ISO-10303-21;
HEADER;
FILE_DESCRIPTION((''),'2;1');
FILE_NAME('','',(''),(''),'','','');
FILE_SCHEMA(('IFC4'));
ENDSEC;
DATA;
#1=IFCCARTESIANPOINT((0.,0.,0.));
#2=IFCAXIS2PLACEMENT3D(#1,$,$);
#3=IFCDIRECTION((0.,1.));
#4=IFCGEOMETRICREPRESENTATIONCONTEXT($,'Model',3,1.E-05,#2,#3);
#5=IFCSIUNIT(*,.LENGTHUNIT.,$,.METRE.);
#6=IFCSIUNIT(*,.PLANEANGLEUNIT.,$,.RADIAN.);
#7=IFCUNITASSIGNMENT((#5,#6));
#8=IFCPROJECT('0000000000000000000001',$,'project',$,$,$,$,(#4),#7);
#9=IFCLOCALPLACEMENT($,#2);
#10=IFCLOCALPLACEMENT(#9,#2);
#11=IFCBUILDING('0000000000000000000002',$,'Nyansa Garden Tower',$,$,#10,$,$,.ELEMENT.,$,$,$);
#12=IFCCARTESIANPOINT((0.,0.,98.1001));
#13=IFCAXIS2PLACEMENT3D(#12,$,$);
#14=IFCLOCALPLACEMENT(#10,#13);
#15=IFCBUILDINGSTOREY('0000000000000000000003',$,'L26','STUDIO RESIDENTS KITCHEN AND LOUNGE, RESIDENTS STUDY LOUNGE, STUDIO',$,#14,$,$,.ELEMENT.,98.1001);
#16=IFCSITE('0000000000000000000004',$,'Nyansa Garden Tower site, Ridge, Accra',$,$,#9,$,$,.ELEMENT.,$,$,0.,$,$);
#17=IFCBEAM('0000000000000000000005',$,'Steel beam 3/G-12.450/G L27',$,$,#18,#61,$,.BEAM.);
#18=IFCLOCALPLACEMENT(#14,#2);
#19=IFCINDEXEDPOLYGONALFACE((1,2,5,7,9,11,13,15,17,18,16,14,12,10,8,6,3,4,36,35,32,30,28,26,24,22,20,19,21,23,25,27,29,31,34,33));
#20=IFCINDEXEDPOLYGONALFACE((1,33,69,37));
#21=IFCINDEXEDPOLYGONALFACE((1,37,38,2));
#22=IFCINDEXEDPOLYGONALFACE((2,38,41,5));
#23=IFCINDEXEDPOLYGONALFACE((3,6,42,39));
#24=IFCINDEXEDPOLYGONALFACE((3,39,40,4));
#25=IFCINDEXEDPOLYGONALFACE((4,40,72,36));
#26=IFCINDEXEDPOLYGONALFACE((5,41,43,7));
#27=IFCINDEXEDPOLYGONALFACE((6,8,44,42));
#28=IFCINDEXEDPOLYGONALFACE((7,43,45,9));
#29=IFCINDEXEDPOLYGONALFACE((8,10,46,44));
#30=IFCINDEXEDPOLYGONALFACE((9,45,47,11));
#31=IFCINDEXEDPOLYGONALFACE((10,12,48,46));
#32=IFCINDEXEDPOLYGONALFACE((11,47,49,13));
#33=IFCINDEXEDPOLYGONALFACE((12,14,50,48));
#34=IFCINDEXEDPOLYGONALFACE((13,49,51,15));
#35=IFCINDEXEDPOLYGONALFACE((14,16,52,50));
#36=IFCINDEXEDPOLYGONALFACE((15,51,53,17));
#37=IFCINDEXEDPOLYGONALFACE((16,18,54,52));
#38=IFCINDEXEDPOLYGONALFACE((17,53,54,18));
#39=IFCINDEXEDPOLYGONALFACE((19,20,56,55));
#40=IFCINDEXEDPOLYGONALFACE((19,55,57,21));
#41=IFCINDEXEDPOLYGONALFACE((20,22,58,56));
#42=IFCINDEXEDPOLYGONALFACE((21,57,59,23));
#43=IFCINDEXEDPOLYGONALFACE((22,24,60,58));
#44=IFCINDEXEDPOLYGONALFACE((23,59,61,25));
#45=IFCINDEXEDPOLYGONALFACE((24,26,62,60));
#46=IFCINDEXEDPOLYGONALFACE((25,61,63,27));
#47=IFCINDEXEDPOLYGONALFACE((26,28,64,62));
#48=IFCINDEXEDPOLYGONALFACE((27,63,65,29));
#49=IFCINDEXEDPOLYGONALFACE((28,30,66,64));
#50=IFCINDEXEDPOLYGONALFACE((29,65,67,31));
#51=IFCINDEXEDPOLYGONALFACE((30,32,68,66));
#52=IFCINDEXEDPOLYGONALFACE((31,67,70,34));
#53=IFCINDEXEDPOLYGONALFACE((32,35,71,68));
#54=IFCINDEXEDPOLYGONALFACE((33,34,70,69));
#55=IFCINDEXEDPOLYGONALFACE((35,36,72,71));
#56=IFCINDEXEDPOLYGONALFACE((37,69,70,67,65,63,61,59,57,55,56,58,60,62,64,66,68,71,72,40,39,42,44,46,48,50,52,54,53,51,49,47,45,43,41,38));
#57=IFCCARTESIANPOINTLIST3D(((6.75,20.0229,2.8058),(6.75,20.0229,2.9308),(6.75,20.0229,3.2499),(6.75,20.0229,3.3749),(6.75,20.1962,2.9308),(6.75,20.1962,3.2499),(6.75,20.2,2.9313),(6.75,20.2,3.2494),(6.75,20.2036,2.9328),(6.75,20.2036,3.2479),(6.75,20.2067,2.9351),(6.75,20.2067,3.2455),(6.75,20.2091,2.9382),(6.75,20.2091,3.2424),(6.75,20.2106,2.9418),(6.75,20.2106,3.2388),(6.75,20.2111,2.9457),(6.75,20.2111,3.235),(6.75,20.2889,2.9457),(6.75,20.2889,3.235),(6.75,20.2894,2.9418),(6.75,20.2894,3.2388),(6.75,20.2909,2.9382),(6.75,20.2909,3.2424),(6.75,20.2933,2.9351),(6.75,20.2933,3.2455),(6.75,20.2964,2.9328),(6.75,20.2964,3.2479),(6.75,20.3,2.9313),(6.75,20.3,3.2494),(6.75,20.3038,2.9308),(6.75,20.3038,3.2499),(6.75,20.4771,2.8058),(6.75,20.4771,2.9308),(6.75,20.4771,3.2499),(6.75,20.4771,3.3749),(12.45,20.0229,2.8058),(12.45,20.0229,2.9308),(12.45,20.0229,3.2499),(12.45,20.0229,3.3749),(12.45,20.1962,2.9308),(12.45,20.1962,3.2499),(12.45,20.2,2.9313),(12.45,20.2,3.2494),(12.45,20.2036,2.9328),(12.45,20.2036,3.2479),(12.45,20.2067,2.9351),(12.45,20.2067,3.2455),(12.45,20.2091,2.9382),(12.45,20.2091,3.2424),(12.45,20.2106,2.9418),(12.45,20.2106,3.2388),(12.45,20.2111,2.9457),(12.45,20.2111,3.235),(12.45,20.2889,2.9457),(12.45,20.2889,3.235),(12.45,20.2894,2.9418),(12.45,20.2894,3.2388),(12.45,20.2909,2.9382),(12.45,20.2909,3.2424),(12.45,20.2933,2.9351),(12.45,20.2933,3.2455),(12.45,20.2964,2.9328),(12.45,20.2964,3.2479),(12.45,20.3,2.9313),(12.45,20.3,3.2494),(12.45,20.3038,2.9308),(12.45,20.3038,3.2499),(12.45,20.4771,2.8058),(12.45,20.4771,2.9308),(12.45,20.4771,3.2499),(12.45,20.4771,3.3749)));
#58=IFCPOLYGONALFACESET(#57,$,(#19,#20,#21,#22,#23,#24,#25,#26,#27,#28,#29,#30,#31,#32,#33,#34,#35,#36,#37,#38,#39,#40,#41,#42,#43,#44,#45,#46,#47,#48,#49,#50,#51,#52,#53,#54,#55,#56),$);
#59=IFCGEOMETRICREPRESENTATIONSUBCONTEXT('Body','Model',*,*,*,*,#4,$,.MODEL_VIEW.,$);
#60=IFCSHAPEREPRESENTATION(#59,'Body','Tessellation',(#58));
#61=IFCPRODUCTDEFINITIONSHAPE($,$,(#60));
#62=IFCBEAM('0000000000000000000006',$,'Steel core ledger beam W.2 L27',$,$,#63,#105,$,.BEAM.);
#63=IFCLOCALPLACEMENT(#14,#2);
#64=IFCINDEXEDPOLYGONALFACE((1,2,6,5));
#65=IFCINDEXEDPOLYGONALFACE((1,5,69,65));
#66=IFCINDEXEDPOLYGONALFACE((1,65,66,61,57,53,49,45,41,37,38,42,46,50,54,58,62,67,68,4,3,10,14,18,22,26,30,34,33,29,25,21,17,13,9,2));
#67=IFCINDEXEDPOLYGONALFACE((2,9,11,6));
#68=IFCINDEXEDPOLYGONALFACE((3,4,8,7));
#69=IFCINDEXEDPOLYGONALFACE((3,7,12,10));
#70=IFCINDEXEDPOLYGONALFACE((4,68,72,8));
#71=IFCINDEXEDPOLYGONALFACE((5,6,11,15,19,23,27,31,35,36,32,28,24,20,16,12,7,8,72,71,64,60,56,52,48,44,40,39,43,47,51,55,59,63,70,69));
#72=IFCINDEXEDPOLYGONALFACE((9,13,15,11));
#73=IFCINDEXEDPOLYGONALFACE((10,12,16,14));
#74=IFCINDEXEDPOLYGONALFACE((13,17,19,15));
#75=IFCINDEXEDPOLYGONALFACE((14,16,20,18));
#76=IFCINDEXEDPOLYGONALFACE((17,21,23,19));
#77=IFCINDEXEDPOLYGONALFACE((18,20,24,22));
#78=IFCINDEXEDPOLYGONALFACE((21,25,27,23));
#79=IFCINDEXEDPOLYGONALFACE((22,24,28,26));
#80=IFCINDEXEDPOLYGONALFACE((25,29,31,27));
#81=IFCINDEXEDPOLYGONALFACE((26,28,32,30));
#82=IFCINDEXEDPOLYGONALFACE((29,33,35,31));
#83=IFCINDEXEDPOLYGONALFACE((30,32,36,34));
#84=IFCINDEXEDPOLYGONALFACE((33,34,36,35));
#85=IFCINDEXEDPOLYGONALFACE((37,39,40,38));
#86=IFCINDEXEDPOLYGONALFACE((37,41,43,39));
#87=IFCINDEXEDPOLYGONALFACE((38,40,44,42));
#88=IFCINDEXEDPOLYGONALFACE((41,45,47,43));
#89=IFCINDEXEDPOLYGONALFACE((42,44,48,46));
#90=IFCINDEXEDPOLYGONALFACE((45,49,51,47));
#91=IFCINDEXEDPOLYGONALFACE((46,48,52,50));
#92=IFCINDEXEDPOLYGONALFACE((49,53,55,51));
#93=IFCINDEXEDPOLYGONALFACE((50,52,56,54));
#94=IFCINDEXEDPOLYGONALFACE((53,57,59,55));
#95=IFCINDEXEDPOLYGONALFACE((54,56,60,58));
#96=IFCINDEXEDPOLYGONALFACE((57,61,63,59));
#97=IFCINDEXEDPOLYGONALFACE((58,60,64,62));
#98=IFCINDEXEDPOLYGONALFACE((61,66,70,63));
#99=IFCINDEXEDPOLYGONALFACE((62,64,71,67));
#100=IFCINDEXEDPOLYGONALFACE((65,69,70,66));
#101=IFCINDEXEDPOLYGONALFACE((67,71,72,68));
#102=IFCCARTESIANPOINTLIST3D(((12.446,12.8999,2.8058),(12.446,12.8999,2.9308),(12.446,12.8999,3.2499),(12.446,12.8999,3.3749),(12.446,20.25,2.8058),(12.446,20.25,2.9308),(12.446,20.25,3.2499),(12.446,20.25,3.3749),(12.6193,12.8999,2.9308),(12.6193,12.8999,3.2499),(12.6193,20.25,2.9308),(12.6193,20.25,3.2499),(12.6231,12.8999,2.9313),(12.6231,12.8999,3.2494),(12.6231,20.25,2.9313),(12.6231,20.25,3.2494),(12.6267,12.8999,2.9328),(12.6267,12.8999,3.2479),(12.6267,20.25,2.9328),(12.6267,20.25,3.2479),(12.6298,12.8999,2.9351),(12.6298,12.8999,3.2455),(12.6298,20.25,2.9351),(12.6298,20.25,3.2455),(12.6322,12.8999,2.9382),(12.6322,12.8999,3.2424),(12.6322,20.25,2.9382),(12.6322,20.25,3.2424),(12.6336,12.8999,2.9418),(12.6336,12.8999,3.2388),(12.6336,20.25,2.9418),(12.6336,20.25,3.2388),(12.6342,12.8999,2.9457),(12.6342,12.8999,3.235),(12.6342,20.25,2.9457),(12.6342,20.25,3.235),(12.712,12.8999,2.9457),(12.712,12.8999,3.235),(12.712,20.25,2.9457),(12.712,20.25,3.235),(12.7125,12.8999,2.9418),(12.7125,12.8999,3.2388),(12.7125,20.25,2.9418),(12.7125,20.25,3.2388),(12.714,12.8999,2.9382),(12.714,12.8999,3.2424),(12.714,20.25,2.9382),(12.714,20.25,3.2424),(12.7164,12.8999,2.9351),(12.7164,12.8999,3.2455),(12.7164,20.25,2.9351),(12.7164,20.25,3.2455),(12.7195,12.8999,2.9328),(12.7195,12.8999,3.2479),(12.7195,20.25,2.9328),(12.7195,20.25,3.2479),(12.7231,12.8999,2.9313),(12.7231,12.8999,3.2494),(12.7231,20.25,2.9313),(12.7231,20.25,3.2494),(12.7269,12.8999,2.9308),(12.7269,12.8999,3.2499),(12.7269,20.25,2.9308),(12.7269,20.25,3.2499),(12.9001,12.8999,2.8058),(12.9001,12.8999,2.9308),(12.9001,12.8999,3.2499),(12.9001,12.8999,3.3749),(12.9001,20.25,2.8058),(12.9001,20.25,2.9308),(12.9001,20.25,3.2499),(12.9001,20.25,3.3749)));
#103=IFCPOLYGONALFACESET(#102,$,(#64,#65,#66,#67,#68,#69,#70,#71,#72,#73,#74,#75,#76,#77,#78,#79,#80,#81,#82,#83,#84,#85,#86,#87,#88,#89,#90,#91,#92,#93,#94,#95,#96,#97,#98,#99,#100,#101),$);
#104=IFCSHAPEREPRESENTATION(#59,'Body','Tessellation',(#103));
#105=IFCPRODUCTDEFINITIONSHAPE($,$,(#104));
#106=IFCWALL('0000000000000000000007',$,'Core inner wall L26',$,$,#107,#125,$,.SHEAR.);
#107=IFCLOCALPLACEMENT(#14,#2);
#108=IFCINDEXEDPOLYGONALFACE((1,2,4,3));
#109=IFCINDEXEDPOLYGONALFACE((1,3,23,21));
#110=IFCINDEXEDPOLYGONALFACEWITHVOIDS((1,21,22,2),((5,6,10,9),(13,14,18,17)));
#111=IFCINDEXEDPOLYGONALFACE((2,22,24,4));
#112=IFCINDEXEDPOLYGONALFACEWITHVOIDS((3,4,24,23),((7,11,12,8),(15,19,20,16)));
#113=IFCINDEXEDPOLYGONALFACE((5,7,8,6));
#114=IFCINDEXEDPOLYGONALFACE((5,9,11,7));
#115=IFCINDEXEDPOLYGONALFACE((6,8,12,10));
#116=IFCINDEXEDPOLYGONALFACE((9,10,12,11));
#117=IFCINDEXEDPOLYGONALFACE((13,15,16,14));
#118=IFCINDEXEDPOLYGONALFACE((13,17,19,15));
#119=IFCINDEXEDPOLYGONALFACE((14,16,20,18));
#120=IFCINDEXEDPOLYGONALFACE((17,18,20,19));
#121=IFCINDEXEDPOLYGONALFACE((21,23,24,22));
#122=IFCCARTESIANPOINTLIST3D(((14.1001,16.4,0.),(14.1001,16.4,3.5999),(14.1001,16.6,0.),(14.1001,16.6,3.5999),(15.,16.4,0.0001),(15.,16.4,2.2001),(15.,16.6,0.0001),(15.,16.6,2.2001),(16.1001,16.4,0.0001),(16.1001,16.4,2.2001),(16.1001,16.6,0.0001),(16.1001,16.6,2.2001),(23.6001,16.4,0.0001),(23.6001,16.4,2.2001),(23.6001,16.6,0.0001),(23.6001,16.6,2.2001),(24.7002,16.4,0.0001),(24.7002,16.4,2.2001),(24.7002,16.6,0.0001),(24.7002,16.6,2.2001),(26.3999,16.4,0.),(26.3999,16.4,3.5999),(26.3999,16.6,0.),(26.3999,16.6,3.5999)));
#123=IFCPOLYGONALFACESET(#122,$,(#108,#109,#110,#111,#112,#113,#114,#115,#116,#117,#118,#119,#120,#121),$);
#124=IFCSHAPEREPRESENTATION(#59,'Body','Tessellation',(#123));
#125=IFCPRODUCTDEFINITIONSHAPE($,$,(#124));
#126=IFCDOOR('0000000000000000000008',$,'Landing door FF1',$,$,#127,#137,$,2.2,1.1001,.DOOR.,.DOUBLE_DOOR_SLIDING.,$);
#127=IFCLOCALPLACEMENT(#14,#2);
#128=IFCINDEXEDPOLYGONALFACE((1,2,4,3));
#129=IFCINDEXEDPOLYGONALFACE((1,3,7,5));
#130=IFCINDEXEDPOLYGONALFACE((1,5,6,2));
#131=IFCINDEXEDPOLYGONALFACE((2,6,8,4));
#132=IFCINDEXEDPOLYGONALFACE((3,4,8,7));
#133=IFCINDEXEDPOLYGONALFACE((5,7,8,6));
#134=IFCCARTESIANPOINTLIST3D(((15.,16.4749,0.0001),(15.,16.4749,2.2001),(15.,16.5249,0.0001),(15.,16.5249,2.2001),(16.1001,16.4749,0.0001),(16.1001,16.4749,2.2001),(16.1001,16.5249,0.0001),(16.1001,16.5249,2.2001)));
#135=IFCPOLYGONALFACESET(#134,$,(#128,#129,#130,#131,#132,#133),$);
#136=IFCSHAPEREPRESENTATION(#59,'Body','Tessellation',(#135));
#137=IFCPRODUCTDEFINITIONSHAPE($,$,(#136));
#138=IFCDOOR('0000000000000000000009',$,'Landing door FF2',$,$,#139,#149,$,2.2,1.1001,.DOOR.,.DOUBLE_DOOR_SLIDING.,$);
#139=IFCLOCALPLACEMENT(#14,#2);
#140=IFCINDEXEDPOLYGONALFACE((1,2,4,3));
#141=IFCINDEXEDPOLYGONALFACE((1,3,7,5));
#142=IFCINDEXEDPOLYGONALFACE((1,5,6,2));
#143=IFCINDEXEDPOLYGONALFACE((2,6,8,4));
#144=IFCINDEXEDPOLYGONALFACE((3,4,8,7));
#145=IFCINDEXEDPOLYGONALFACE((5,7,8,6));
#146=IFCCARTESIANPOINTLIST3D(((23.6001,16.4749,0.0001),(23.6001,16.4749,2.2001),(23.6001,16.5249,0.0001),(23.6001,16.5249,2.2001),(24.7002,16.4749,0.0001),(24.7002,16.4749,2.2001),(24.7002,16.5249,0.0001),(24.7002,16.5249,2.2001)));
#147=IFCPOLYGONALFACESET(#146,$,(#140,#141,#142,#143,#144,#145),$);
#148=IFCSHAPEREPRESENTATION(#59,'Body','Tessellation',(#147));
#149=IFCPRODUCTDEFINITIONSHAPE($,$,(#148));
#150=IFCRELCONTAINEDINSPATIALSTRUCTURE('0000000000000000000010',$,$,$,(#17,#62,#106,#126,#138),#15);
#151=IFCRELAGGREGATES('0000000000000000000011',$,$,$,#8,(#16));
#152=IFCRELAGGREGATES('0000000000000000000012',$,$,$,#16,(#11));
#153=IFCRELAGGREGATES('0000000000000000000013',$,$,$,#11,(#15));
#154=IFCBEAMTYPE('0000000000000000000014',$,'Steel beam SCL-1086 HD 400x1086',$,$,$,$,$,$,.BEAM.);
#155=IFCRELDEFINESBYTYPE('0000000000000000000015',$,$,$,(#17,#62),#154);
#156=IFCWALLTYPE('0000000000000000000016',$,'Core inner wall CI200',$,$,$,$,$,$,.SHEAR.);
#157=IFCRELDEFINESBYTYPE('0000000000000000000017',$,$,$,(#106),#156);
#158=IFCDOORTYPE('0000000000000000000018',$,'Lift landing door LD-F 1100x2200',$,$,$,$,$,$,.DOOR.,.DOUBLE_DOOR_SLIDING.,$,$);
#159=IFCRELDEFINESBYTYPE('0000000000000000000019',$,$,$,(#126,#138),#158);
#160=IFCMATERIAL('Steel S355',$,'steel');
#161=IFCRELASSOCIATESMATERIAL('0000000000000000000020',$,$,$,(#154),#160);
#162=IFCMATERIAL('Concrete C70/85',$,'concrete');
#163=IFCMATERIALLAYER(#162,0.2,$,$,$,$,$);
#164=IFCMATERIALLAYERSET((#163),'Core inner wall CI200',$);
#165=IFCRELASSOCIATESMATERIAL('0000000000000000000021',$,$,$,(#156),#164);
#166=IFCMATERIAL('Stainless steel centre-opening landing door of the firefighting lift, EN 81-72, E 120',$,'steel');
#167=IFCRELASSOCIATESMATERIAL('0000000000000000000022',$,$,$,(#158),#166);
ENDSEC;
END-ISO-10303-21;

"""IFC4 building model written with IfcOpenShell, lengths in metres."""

from ifc_helpers import new_model, si_unit, direction, frame, frame_2d, origin, origin_2d, place, context, subcontext, project, spatial, rectangle, i_section, extrude, material, layer, layer_set, material_profile, profile_set, type_object, element, fill, save


model = new_model("IFC4")

# Units and contexts
model_context = context("Model", 3, precision=1e-05, world=origin(), true_north=direction((0.0, 1.0)))
body_context = subcontext(model_context, "Body", "Model", "MODEL_VIEW")
ifc_project = project(units=[si_unit("LENGTHUNIT", "METRE"), si_unit("PLANEANGLEUNIT", "RADIAN")], contexts=[model_context])

# Site, building, storey
site_placement = place(None, origin())
site = spatial("IfcSite", under=ifc_project, at=site_placement, Name="Nyansa Garden Tower site, Ridge, Accra", CompositionType="ELEMENT", RefElevation=0.0)
building_placement = place(site_placement, origin())
building = spatial("IfcBuilding", under=site, at=building_placement, Name="Nyansa Garden Tower", CompositionType="ELEMENT")
storey_placement = place(building_placement, frame((0.0, 0.0, 98.1001)))
storey = spatial("IfcBuildingStorey", under=building, at=storey_placement, Name="L26", Description="STUDIO RESIDENTS KITCHEN AND LOUNGE, RESIDENTS STUDY LOUNGE, STUDIO", CompositionType="ELEMENT", Elevation=98.1001)

# Beams
ifc_material_1 = material(Name="Steel S355", Category="steel")
ifc_material_profile_1 = material_profile(ifc_material_1, i_section(OverallWidth=0.4541, OverallDepth=0.5691, WebThickness=0.0779, FlangeThickness=0.125, FilletRadius=0.0149, at=origin_2d()), Name="HD 400x1086")
ifc_profile_set_1 = profile_set([ifc_material_profile_1], Name="Steel S355")
beam_type_1 = type_object("IfcBeamType", Name="Steel beam SCL-1086 HD 400x1086", PredefinedType="BEAM", material=ifc_profile_set_1)
beam_1_placement = place(storey_placement, frame((6.75, 20.25, 3.0903), z_axis=(1.0, 0.0, 0.0), x_axis=(0.0, 1.0, 0.0)))
element("IfcBeam", 1, at=beam_1_placement, inside=storey, type_object=beam_type_1, Name="Steel beam 3/G-12.450/G L27", PredefinedType="BEAM", context=body_context, shape_type="SweptSolid", body=[
    extrude(i_section(OverallWidth=0.4541, OverallDepth=0.5691, WebThickness=0.0779, FlangeThickness=0.125, FilletRadius=0.0149, at=origin_2d()), origin(), (0.0, 0.0, 1.0), 5.7),
])
beam_2_placement = place(storey_placement, frame((12.6731, 20.25, 3.0903), z_axis=(0.0, -1.0, 0.0), x_axis=(1.0, 0.0, 0.0)))
element("IfcBeam", 2, at=beam_2_placement, inside=storey, type_object=beam_type_1, Name="Steel core ledger beam W.2 L27", PredefinedType="BEAM", context=body_context, shape_type="SweptSolid", body=[
    extrude(i_section(OverallWidth=0.4541, OverallDepth=0.5691, WebThickness=0.0779, FlangeThickness=0.125, FilletRadius=0.0149, at=origin_2d()), origin(), (0.0, 0.0, 1.0), 7.3501),
])

# Wall, openings, doors
ifc_material_2 = material(Name="Concrete C70/85", Category="concrete")
ifc_layer_1 = layer(ifc_material_2, 0.2)
ifc_layer_set_1 = layer_set([ifc_layer_1], Name="Core inner wall CI200")
wall_type_1 = type_object("IfcWallType", Name="Core inner wall CI200", PredefinedType="SHEAR", material=ifc_layer_set_1)
wall_1_placement = place(storey_placement, frame((14.1001, 16.5, 0.0), z_axis=(0.0, 0.0, 1.0), x_axis=(1.0, 0.0, 0.0)))
wall_1 = element("IfcWall", 3, at=wall_1_placement, inside=storey, type_object=wall_type_1, Name="Core inner wall L26", PredefinedType="SHEAR", context=body_context, shape_type="SweptSolid", body=[
    extrude(rectangle(XDim=12.2998, YDim=0.2, at=frame_2d((6.1499, 0.0))), origin(), (0.0, 0.0, 1.0), 3.5999),
])
opening_1_placement = place(wall_1_placement, frame((0.8999, 0.0, 0.0)))
opening_1 = element("IfcOpeningElement", 4, at=opening_1_placement, cuts=wall_1, PredefinedType="OPENING", context=body_context, shape_type="SweptSolid", body=[
    extrude(rectangle(XDim=1.1001, YDim=2.2, at=frame_2d((0.55, 1.1001))), frame((0.0, 0.1099, 0.0), z_axis=(0.0, -1.0, 0.0), x_axis=(1.0, 0.0, 0.0)), (0.0, 0.0, 1.0), 0.22),
])
opening_2_placement = place(wall_1_placement, frame((9.5, 0.0, 0.0)))
opening_2 = element("IfcOpeningElement", 5, at=opening_2_placement, cuts=wall_1, PredefinedType="OPENING", context=body_context, shape_type="SweptSolid", body=[
    extrude(rectangle(XDim=1.1001, YDim=2.2, at=frame_2d((0.55, 1.1001))), frame((0.0, 0.1099, 0.0), z_axis=(0.0, -1.0, 0.0), x_axis=(1.0, 0.0, 0.0)), (0.0, 0.0, 1.0), 0.22),
])
ifc_material_3 = material(Name="Stainless steel centre-opening landing door of the firefighting lift, EN 81-72, E 120", Category="steel")
door_type_1 = type_object("IfcDoorType", Name="Lift landing door LD-F 1100x2200", OperationType="DOUBLE_DOOR_SLIDING", PredefinedType="DOOR", material=ifc_material_3)
door_1_placement = place(opening_1_placement, origin())
door_1 = element("IfcDoor", 6, at=door_1_placement, inside=storey, type_object=door_type_1, Name="Landing door FF1", OperationType="DOUBLE_DOOR_SLIDING", OverallHeight=2.2, OverallWidth=1.1001, PredefinedType="DOOR", context=body_context, shape_type="SweptSolid", body=[
    extrude(rectangle(XDim=1.1001, YDim=2.2, at=frame_2d((0.55, 1.1001))), frame((0.0, 0.0249, 0.0), z_axis=(0.0, -1.0, 0.0), x_axis=(1.0, 0.0, 0.0)), (0.0, 0.0, 1.0), 0.05),
])
fill(opening_1, door_1)
door_2_placement = place(opening_2_placement, origin())
door_2 = element("IfcDoor", 7, at=door_2_placement, inside=storey, type_object=door_type_1, Name="Landing door FF2", OperationType="DOUBLE_DOOR_SLIDING", OverallHeight=2.2, OverallWidth=1.1001, PredefinedType="DOOR", context=body_context, shape_type="SweptSolid", body=[
    extrude(rectangle(XDim=1.1001, YDim=2.2, at=frame_2d((0.55, 1.1001))), frame((0.0, 0.0249, 0.0), z_axis=(0.0, -1.0, 0.0), x_axis=(1.0, 0.0, 0.0)), (0.0, 0.0, 1.0), 0.05),
])
fill(opening_2, door_2)

save(model, "model.ifc")
